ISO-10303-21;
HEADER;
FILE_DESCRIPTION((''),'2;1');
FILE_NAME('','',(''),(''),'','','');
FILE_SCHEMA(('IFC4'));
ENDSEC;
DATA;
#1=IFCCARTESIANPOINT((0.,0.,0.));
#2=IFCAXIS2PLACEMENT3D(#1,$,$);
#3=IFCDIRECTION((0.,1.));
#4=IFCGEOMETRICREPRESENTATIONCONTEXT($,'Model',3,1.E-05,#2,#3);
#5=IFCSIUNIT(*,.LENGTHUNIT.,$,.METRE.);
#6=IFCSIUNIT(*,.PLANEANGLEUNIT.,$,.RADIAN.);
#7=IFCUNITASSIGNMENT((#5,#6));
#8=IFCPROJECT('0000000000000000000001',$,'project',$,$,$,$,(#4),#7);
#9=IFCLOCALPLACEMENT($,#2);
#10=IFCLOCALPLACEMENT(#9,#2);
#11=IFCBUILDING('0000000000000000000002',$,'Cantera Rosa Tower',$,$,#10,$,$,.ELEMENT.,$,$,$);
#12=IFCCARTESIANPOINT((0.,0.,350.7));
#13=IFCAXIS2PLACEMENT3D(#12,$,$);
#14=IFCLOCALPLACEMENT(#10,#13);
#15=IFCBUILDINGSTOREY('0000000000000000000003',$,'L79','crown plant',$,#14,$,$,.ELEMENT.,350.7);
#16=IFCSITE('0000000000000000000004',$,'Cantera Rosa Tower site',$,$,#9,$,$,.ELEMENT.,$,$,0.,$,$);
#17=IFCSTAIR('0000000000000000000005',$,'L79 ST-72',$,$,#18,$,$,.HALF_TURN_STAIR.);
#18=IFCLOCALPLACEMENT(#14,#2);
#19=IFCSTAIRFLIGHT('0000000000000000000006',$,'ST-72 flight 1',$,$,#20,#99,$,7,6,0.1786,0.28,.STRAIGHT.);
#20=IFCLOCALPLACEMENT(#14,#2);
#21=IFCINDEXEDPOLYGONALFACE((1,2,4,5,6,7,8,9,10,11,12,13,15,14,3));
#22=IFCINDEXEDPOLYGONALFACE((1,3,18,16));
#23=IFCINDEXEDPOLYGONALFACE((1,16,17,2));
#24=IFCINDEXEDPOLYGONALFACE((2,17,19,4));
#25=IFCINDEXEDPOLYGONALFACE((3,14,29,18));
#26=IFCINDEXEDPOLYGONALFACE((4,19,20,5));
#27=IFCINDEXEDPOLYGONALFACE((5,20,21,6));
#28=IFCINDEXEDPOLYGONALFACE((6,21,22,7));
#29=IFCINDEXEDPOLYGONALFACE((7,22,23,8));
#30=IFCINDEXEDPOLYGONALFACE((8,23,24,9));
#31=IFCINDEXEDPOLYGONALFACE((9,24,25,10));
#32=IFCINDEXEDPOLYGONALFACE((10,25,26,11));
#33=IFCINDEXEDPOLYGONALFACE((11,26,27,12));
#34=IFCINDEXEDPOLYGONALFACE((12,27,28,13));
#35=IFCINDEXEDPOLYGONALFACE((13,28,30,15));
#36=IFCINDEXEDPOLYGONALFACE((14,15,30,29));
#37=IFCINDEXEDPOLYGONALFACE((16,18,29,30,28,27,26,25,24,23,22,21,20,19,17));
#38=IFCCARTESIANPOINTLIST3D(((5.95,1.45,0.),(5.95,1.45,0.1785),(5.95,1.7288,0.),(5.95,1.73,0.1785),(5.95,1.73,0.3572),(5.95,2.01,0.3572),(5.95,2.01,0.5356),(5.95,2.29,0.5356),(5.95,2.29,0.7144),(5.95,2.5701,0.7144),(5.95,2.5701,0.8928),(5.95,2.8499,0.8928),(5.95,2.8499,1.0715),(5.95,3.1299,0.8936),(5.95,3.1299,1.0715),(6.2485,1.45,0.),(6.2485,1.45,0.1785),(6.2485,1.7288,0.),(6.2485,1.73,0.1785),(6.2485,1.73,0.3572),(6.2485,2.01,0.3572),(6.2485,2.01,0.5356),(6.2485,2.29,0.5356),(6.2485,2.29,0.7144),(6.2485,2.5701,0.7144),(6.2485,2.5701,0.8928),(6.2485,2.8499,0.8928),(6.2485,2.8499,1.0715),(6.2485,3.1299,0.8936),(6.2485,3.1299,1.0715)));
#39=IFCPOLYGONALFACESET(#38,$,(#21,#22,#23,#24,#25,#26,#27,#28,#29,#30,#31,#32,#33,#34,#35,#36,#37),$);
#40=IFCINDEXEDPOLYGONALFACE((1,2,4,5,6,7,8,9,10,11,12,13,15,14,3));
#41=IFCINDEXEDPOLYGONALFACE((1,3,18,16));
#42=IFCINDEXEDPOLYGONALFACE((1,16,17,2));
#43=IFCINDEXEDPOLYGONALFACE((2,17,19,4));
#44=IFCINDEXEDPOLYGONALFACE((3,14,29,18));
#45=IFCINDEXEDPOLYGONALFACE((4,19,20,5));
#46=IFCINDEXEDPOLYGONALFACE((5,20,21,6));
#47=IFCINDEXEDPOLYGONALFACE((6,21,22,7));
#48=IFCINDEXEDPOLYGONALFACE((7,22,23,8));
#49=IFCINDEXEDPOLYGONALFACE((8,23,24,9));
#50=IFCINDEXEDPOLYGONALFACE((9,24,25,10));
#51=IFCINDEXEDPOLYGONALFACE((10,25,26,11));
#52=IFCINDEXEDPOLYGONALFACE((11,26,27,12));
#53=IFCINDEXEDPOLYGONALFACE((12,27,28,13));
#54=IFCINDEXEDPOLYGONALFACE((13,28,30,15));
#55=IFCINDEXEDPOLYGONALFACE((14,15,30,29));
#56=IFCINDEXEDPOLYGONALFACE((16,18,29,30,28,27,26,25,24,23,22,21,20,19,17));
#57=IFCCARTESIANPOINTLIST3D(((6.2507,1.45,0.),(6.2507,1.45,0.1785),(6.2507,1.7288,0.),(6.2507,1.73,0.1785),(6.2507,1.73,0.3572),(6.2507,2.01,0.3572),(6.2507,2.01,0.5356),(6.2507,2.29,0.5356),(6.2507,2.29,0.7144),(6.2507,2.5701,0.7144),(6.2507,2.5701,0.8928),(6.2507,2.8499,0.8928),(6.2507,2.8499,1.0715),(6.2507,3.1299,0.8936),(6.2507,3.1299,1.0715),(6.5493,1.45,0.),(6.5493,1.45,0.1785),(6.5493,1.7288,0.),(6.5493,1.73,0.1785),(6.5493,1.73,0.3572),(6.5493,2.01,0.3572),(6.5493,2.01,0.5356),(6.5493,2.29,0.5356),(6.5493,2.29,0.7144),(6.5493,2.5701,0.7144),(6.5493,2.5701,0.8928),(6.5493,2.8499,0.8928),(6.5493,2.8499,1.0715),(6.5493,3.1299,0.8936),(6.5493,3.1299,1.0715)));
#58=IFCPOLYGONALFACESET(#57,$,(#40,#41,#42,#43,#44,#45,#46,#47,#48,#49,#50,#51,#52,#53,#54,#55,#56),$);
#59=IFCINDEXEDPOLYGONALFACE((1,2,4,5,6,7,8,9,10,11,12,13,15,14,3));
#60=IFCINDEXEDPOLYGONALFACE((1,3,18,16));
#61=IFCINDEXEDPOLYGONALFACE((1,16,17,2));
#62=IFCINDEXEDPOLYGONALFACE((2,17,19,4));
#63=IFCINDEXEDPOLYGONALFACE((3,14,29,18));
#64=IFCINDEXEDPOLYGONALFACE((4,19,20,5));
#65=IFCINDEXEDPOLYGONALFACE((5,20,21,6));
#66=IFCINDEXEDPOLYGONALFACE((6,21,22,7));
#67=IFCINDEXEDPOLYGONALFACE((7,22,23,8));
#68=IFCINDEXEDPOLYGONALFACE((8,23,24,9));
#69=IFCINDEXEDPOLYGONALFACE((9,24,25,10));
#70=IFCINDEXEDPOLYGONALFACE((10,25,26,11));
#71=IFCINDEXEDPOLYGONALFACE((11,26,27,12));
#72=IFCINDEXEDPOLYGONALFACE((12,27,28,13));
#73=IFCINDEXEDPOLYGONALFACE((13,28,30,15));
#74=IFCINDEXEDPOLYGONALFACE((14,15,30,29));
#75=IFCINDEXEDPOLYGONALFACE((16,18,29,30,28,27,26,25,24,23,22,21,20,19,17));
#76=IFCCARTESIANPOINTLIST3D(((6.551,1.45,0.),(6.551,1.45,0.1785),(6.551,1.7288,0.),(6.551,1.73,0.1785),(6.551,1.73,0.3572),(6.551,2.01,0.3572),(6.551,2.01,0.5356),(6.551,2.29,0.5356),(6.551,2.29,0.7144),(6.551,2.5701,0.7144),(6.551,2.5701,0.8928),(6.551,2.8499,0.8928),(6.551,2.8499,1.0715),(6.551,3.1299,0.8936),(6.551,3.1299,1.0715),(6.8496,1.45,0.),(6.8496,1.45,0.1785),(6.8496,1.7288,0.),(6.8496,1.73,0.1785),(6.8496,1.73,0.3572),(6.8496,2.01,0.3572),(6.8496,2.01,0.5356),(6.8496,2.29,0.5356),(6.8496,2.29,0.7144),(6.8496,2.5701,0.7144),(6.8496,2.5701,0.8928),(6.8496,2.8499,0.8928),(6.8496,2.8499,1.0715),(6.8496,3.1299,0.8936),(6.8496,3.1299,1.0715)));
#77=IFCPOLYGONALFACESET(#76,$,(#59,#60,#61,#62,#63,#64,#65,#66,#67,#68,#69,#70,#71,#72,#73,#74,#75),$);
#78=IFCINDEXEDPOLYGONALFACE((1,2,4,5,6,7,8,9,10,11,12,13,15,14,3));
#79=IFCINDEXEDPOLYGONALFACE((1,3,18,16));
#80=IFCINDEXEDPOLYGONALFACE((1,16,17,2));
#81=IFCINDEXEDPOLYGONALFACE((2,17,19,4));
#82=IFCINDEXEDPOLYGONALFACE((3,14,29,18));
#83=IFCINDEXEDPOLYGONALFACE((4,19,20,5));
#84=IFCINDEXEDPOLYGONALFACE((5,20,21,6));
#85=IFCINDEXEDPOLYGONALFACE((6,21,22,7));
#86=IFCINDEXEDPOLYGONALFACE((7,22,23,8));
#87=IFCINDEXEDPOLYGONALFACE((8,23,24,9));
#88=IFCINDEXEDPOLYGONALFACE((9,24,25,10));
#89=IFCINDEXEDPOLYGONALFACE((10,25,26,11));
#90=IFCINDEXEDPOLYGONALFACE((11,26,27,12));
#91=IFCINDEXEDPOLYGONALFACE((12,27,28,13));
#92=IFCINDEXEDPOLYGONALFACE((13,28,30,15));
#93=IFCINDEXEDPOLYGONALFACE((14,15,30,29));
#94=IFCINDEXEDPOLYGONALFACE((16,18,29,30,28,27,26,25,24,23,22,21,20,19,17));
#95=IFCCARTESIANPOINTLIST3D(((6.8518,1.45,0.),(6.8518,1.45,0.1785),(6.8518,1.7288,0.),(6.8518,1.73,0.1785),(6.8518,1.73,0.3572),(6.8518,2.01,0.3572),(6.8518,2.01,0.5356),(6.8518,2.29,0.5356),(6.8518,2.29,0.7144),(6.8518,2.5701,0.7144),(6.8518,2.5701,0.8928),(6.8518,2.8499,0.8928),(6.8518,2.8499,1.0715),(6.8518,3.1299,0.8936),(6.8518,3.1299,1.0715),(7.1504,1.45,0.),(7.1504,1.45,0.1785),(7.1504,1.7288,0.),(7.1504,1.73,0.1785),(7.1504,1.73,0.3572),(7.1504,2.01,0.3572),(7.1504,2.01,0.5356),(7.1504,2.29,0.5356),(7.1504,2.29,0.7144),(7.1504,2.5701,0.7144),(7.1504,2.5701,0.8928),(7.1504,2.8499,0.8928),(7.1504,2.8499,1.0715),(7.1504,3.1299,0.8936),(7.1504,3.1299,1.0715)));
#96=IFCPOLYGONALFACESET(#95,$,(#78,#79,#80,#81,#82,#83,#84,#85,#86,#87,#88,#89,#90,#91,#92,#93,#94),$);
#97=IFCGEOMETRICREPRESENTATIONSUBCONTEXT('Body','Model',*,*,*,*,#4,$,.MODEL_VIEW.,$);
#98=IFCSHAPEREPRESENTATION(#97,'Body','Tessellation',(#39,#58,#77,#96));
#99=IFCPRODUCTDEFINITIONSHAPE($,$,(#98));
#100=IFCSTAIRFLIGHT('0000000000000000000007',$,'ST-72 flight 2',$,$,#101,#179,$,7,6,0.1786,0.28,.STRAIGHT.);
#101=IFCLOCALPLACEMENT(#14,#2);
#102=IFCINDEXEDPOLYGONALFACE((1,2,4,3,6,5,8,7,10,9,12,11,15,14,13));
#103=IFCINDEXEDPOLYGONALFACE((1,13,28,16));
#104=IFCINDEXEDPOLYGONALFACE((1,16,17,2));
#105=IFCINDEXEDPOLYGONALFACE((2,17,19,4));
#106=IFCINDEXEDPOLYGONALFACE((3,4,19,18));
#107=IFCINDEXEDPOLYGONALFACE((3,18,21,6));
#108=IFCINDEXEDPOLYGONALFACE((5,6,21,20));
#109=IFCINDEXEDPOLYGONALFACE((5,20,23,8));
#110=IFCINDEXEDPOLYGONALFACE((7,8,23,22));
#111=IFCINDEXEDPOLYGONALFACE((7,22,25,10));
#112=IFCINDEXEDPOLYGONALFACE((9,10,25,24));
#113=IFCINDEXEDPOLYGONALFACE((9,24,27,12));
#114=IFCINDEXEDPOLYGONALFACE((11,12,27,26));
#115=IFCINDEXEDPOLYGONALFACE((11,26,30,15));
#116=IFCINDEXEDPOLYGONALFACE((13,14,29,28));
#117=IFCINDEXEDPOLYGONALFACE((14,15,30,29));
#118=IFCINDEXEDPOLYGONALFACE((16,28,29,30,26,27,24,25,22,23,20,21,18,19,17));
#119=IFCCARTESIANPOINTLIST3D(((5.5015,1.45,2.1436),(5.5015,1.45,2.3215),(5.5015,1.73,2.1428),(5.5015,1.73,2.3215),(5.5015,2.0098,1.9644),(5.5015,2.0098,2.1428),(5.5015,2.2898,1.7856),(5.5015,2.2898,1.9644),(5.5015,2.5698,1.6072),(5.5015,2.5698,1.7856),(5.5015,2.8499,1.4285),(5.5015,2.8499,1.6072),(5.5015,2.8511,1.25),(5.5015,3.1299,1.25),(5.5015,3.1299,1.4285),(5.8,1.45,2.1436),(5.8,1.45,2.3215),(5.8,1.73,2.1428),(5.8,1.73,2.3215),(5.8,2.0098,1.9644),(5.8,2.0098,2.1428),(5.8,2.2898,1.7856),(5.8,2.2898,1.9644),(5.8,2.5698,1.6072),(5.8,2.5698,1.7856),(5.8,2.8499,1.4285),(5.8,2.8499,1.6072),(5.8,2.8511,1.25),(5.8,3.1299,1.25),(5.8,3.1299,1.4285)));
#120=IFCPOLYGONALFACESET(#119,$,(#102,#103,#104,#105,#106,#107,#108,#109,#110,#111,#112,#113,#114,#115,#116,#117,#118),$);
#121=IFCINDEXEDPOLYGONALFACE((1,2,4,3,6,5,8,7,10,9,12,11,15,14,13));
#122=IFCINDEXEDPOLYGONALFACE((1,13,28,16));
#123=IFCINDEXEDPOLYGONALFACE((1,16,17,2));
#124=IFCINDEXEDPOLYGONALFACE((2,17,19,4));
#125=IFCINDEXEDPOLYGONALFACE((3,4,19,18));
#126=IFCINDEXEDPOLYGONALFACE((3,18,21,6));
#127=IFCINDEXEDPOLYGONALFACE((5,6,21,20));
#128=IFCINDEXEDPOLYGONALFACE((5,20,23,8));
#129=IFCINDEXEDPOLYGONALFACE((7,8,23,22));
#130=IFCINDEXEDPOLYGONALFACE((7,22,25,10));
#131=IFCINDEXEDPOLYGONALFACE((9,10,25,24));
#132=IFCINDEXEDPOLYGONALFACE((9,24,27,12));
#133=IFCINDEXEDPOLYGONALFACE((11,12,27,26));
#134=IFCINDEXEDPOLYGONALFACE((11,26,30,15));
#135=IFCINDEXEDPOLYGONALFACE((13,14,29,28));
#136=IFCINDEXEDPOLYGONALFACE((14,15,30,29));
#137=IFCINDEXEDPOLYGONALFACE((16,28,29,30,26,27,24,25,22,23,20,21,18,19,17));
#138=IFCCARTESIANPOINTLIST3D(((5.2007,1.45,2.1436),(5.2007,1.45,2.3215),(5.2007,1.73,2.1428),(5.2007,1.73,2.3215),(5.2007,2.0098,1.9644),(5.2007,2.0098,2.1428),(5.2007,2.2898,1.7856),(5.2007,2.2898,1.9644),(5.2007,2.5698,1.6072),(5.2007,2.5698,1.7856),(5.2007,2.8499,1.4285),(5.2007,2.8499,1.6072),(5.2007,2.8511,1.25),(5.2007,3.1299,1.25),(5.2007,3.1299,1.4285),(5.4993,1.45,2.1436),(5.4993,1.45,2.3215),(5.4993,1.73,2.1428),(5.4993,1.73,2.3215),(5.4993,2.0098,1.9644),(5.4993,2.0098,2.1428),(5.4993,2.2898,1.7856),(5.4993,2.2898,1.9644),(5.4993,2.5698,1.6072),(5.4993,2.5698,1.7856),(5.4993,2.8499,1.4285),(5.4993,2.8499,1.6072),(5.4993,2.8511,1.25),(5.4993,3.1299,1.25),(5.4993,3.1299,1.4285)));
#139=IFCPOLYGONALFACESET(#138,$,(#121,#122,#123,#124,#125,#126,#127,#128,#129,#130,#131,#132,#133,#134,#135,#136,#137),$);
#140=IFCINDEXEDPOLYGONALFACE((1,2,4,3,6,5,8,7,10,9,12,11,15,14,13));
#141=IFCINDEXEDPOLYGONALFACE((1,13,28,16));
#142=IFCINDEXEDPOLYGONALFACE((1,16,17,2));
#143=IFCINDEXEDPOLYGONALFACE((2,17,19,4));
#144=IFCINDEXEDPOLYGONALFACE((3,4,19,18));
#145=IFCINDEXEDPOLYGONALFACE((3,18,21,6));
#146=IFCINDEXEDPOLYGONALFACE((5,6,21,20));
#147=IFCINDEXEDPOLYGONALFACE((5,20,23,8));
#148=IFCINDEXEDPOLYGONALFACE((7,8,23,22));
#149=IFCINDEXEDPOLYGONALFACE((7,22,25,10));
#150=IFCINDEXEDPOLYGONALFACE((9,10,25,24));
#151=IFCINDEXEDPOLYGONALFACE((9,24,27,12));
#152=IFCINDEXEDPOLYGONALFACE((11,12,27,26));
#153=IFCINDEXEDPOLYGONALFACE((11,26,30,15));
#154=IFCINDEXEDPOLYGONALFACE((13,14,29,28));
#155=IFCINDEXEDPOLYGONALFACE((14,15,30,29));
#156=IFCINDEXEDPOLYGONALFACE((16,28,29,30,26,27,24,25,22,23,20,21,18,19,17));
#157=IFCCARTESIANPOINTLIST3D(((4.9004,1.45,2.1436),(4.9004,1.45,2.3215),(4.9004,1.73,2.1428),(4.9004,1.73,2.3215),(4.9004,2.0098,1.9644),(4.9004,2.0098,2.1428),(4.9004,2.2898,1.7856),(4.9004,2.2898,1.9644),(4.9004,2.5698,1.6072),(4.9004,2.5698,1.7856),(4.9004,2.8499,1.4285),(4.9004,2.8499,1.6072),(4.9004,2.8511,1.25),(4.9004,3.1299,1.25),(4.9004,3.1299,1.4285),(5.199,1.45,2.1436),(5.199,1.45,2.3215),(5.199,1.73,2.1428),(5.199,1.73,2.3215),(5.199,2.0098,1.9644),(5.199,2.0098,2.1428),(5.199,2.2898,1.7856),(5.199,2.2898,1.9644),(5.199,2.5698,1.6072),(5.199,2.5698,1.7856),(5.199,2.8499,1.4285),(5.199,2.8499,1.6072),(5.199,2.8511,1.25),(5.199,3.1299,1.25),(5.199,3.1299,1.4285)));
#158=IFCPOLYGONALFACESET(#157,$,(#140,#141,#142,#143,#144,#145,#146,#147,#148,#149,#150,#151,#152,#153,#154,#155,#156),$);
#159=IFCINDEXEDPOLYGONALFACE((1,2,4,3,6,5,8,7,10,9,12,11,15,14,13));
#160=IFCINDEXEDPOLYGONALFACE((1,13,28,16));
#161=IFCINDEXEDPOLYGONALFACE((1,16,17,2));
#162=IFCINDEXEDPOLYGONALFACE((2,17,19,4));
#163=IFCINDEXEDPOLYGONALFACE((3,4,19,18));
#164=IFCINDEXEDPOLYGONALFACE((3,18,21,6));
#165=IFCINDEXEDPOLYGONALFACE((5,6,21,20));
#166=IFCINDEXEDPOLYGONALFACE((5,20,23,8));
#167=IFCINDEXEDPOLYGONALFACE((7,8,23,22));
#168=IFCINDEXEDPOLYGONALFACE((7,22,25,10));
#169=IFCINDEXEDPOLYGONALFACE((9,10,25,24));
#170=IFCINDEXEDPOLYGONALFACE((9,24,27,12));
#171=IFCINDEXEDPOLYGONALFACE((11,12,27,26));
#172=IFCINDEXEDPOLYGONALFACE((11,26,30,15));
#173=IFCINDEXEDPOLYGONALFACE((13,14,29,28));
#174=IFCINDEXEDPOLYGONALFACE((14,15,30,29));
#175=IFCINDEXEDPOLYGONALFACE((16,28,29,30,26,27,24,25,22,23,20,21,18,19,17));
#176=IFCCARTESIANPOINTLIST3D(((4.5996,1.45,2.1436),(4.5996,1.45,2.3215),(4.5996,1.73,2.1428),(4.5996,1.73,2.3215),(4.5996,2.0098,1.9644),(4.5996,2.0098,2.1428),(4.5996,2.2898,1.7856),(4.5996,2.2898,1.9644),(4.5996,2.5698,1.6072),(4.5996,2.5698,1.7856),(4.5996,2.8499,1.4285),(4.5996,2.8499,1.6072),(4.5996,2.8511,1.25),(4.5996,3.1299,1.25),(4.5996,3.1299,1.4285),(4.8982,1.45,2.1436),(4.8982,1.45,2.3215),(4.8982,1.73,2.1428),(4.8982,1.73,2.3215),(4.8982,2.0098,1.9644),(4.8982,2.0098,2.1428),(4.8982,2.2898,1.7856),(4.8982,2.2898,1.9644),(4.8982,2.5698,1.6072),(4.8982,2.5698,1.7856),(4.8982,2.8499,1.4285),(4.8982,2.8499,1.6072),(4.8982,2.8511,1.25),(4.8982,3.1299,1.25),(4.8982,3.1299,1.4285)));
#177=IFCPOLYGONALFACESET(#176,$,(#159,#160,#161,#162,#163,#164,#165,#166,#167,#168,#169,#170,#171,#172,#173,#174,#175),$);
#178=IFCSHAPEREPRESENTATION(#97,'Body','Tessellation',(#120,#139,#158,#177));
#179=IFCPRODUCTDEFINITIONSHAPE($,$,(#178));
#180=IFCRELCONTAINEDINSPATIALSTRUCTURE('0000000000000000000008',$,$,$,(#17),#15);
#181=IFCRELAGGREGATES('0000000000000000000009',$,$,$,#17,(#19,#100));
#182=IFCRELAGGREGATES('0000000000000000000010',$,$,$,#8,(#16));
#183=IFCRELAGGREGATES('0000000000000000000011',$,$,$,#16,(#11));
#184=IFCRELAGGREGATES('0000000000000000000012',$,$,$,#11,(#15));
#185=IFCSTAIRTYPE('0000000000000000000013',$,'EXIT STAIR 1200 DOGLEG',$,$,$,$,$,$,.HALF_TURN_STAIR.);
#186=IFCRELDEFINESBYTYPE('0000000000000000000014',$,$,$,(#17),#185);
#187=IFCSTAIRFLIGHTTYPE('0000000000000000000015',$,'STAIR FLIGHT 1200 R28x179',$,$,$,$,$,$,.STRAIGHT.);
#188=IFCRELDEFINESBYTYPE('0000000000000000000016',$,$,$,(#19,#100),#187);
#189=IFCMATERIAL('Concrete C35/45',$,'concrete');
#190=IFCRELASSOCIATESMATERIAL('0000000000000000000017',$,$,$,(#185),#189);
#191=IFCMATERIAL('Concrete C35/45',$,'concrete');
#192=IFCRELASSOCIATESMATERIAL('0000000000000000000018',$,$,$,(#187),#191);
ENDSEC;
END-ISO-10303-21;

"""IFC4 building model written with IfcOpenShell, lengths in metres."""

from ifc_helpers import new_model, si_unit, direction, frame, origin, place, context, subcontext, project, spatial, polyline, outline, extrude, material, type_object, element, aggregate, save


model = new_model("IFC4")

# Units and contexts
model_context = context("Model", 3, precision=1e-05, world=origin(), true_north=direction((0.0, 1.0)))
body_context = subcontext(model_context, "Body", "Model", "MODEL_VIEW")
ifc_project = project(units=[si_unit("LENGTHUNIT", "METRE"), si_unit("PLANEANGLEUNIT", "RADIAN")], contexts=[model_context])

# Site, building, storey
site_placement = place(None, origin())
site = spatial("IfcSite", under=ifc_project, at=site_placement, Name="Cantera Rosa Tower site", CompositionType="ELEMENT", RefElevation=0.0)
building_placement = place(site_placement, origin())
building = spatial("IfcBuilding", under=site, at=building_placement, Name="Cantera Rosa Tower", CompositionType="ELEMENT")
storey_placement = place(building_placement, frame((0.0, 0.0, 350.7)))
storey = spatial("IfcBuildingStorey", under=building, at=storey_placement, Name="L79", Description="crown plant", CompositionType="ELEMENT", Elevation=350.7)

# Stair, stair flights
ifc_material_1 = material(Name="Concrete C35/45", Category="concrete")
stair_type = type_object("IfcStairType", Name="EXIT STAIR 1200 DOGLEG", PredefinedType="HALF_TURN_STAIR", material=ifc_material_1)
stair_placement = place(storey_placement, origin())
stair = element("IfcStair", 1, at=stair_placement, inside=storey, type_object=stair_type, Name="L79 ST-72", PredefinedType="HALF_TURN_STAIR")
ifc_material_2 = material(Name="Concrete C35/45", Category="concrete")
stair_flight_type = type_object("IfcStairFlightType", Name="STAIR FLIGHT 1200 R28x179", PredefinedType="STRAIGHT", material=ifc_material_2)
stair_flight_1_placement = place(storey_placement, frame((6.55, 1.45, 0.0), z_axis=(0.0, 0.0, 1.0), x_axis=(0.0, 1.0, 0.0)))
stair_flight_1 = element("IfcStairFlight", 2, at=stair_flight_1_placement, type_object=stair_flight_type, Name="ST-72 flight 1", NumberOfRisers=7, NumberOfTreads=6, PredefinedType="STRAIGHT", RiserHeight=0.1786, TreadLength=0.28, context=body_context, shape_type="SweptSolid", body=[
    extrude(outline(polyline([(0.0, 0.0), (0.0, 0.1785), (0.28, 0.1785), (0.28, 0.3572), (0.5601, 0.3572), (0.5601, 0.5356), (0.8401, 0.5356), (0.8401, 0.7144), (1.1201, 0.7144), (1.1201, 0.8928), (1.3999, 0.8928), (1.3999, 1.0715), (1.6799, 1.0715), (1.6799, 1.25), (1.6799, 0.8936), (0.2788, 0.0), (0.0, 0.0)])), frame((0.0, 0.6001, 0.0), z_axis=(0.0, -1.0, 0.0), x_axis=(1.0, 0.0, 0.0)), (0.0, 0.0, 1.0), 0.2986),
    extrude(outline(polyline([(0.0, 0.0), (0.0, 0.1785), (0.28, 0.1785), (0.28, 0.3572), (0.5601, 0.3572), (0.5601, 0.5356), (0.8401, 0.5356), (0.8401, 0.7144), (1.1201, 0.7144), (1.1201, 0.8928), (1.3999, 0.8928), (1.3999, 1.0715), (1.6799, 1.0715), (1.6799, 1.25), (1.6799, 0.8936), (0.2788, 0.0), (0.0, 0.0)])), frame((0.0, 0.2993, 0.0), z_axis=(0.0, -1.0, 0.0), x_axis=(1.0, 0.0, 0.0)), (0.0, 0.0, 1.0), 0.2986),
    extrude(outline(polyline([(0.0, 0.0), (0.0, 0.1785), (0.28, 0.1785), (0.28, 0.3572), (0.5601, 0.3572), (0.5601, 0.5356), (0.8401, 0.5356), (0.8401, 0.7144), (1.1201, 0.7144), (1.1201, 0.8928), (1.3999, 0.8928), (1.3999, 1.0715), (1.6799, 1.0715), (1.6799, 1.25), (1.6799, 0.8936), (0.2788, 0.0), (0.0, 0.0)])), frame((0.0, -0.001, 0.0), z_axis=(0.0, -1.0, 0.0), x_axis=(1.0, 0.0, 0.0)), (0.0, 0.0, 1.0), 0.2986),
    extrude(outline(polyline([(0.0, 0.0), (0.0, 0.1785), (0.28, 0.1785), (0.28, 0.3572), (0.5601, 0.3572), (0.5601, 0.5356), (0.8401, 0.5356), (0.8401, 0.7144), (1.1201, 0.7144), (1.1201, 0.8928), (1.3999, 0.8928), (1.3999, 1.0715), (1.6799, 1.0715), (1.6799, 1.25), (1.6799, 0.8936), (0.2788, 0.0), (0.0, 0.0)])), frame((0.0, -0.3018, 0.0), z_axis=(0.0, -1.0, 0.0), x_axis=(1.0, 0.0, 0.0)), (0.0, 0.0, 1.0), 0.2986),
])
stair_flight_2_placement = place(storey_placement, frame((5.2, 3.1299, 1.25), z_axis=(0.0, 0.0, 1.0), x_axis=(0.0, -1.0, 0.0)))
stair_flight_2 = element("IfcStairFlight", 3, at=stair_flight_2_placement, type_object=stair_flight_type, Name="ST-72 flight 2", NumberOfRisers=7, NumberOfTreads=6, PredefinedType="STRAIGHT", RiserHeight=0.1786, TreadLength=0.28, context=body_context, shape_type="SweptSolid", body=[
    extrude(outline(polyline([(0.0, 0.0), (0.0, 0.1785), (0.28, 0.1785), (0.28, 0.3572), (0.5601, 0.3572), (0.5601, 0.5356), (0.8401, 0.5356), (0.8401, 0.7144), (1.1201, 0.7144), (1.1201, 0.8928), (1.3999, 0.8928), (1.3999, 1.0715), (1.6799, 1.0715), (1.6799, 1.25), (1.6799, 0.8936), (0.2788, 0.0), (0.0, 0.0)])), frame((0.0, 0.6001, 0.0), z_axis=(0.0, -1.0, 0.0), x_axis=(1.0, 0.0, 0.0)), (0.0, 0.0, 1.0), 0.2986),
    extrude(outline(polyline([(0.0, 0.0), (0.0, 0.1785), (0.28, 0.1785), (0.28, 0.3572), (0.5601, 0.3572), (0.5601, 0.5356), (0.8401, 0.5356), (0.8401, 0.7144), (1.1201, 0.7144), (1.1201, 0.8928), (1.3999, 0.8928), (1.3999, 1.0715), (1.6799, 1.0715), (1.6799, 1.25), (1.6799, 0.8936), (0.2788, 0.0), (0.0, 0.0)])), frame((0.0, 0.2993, 0.0), z_axis=(0.0, -1.0, 0.0), x_axis=(1.0, 0.0, 0.0)), (0.0, 0.0, 1.0), 0.2986),
    extrude(outline(polyline([(0.0, 0.0), (0.0, 0.1785), (0.28, 0.1785), (0.28, 0.3572), (0.5601, 0.3572), (0.5601, 0.5356), (0.8401, 0.5356), (0.8401, 0.7144), (1.1201, 0.7144), (1.1201, 0.8928), (1.3999, 0.8928), (1.3999, 1.0715), (1.6799, 1.0715), (1.6799, 1.25), (1.6799, 0.8936), (0.2788, 0.0), (0.0, 0.0)])), frame((0.0, -0.001, 0.0), z_axis=(0.0, -1.0, 0.0), x_axis=(1.0, 0.0, 0.0)), (0.0, 0.0, 1.0), 0.2986),
    extrude(outline(polyline([(0.0, 0.0), (0.0, 0.1785), (0.28, 0.1785), (0.28, 0.3572), (0.5601, 0.3572), (0.5601, 0.5356), (0.8401, 0.5356), (0.8401, 0.7144), (1.1201, 0.7144), (1.1201, 0.8928), (1.3999, 0.8928), (1.3999, 1.0715), (1.6799, 1.0715), (1.6799, 1.25), (1.6799, 0.8936), (0.2788, 0.0), (0.0, 0.0)])), frame((0.0, -0.3018, 0.0), z_axis=(0.0, -1.0, 0.0), x_axis=(1.0, 0.0, 0.0)), (0.0, 0.0, 1.0), 0.2986),
])
aggregate(stair, [stair_flight_1, stair_flight_2])

save(model, "model.ifc")
